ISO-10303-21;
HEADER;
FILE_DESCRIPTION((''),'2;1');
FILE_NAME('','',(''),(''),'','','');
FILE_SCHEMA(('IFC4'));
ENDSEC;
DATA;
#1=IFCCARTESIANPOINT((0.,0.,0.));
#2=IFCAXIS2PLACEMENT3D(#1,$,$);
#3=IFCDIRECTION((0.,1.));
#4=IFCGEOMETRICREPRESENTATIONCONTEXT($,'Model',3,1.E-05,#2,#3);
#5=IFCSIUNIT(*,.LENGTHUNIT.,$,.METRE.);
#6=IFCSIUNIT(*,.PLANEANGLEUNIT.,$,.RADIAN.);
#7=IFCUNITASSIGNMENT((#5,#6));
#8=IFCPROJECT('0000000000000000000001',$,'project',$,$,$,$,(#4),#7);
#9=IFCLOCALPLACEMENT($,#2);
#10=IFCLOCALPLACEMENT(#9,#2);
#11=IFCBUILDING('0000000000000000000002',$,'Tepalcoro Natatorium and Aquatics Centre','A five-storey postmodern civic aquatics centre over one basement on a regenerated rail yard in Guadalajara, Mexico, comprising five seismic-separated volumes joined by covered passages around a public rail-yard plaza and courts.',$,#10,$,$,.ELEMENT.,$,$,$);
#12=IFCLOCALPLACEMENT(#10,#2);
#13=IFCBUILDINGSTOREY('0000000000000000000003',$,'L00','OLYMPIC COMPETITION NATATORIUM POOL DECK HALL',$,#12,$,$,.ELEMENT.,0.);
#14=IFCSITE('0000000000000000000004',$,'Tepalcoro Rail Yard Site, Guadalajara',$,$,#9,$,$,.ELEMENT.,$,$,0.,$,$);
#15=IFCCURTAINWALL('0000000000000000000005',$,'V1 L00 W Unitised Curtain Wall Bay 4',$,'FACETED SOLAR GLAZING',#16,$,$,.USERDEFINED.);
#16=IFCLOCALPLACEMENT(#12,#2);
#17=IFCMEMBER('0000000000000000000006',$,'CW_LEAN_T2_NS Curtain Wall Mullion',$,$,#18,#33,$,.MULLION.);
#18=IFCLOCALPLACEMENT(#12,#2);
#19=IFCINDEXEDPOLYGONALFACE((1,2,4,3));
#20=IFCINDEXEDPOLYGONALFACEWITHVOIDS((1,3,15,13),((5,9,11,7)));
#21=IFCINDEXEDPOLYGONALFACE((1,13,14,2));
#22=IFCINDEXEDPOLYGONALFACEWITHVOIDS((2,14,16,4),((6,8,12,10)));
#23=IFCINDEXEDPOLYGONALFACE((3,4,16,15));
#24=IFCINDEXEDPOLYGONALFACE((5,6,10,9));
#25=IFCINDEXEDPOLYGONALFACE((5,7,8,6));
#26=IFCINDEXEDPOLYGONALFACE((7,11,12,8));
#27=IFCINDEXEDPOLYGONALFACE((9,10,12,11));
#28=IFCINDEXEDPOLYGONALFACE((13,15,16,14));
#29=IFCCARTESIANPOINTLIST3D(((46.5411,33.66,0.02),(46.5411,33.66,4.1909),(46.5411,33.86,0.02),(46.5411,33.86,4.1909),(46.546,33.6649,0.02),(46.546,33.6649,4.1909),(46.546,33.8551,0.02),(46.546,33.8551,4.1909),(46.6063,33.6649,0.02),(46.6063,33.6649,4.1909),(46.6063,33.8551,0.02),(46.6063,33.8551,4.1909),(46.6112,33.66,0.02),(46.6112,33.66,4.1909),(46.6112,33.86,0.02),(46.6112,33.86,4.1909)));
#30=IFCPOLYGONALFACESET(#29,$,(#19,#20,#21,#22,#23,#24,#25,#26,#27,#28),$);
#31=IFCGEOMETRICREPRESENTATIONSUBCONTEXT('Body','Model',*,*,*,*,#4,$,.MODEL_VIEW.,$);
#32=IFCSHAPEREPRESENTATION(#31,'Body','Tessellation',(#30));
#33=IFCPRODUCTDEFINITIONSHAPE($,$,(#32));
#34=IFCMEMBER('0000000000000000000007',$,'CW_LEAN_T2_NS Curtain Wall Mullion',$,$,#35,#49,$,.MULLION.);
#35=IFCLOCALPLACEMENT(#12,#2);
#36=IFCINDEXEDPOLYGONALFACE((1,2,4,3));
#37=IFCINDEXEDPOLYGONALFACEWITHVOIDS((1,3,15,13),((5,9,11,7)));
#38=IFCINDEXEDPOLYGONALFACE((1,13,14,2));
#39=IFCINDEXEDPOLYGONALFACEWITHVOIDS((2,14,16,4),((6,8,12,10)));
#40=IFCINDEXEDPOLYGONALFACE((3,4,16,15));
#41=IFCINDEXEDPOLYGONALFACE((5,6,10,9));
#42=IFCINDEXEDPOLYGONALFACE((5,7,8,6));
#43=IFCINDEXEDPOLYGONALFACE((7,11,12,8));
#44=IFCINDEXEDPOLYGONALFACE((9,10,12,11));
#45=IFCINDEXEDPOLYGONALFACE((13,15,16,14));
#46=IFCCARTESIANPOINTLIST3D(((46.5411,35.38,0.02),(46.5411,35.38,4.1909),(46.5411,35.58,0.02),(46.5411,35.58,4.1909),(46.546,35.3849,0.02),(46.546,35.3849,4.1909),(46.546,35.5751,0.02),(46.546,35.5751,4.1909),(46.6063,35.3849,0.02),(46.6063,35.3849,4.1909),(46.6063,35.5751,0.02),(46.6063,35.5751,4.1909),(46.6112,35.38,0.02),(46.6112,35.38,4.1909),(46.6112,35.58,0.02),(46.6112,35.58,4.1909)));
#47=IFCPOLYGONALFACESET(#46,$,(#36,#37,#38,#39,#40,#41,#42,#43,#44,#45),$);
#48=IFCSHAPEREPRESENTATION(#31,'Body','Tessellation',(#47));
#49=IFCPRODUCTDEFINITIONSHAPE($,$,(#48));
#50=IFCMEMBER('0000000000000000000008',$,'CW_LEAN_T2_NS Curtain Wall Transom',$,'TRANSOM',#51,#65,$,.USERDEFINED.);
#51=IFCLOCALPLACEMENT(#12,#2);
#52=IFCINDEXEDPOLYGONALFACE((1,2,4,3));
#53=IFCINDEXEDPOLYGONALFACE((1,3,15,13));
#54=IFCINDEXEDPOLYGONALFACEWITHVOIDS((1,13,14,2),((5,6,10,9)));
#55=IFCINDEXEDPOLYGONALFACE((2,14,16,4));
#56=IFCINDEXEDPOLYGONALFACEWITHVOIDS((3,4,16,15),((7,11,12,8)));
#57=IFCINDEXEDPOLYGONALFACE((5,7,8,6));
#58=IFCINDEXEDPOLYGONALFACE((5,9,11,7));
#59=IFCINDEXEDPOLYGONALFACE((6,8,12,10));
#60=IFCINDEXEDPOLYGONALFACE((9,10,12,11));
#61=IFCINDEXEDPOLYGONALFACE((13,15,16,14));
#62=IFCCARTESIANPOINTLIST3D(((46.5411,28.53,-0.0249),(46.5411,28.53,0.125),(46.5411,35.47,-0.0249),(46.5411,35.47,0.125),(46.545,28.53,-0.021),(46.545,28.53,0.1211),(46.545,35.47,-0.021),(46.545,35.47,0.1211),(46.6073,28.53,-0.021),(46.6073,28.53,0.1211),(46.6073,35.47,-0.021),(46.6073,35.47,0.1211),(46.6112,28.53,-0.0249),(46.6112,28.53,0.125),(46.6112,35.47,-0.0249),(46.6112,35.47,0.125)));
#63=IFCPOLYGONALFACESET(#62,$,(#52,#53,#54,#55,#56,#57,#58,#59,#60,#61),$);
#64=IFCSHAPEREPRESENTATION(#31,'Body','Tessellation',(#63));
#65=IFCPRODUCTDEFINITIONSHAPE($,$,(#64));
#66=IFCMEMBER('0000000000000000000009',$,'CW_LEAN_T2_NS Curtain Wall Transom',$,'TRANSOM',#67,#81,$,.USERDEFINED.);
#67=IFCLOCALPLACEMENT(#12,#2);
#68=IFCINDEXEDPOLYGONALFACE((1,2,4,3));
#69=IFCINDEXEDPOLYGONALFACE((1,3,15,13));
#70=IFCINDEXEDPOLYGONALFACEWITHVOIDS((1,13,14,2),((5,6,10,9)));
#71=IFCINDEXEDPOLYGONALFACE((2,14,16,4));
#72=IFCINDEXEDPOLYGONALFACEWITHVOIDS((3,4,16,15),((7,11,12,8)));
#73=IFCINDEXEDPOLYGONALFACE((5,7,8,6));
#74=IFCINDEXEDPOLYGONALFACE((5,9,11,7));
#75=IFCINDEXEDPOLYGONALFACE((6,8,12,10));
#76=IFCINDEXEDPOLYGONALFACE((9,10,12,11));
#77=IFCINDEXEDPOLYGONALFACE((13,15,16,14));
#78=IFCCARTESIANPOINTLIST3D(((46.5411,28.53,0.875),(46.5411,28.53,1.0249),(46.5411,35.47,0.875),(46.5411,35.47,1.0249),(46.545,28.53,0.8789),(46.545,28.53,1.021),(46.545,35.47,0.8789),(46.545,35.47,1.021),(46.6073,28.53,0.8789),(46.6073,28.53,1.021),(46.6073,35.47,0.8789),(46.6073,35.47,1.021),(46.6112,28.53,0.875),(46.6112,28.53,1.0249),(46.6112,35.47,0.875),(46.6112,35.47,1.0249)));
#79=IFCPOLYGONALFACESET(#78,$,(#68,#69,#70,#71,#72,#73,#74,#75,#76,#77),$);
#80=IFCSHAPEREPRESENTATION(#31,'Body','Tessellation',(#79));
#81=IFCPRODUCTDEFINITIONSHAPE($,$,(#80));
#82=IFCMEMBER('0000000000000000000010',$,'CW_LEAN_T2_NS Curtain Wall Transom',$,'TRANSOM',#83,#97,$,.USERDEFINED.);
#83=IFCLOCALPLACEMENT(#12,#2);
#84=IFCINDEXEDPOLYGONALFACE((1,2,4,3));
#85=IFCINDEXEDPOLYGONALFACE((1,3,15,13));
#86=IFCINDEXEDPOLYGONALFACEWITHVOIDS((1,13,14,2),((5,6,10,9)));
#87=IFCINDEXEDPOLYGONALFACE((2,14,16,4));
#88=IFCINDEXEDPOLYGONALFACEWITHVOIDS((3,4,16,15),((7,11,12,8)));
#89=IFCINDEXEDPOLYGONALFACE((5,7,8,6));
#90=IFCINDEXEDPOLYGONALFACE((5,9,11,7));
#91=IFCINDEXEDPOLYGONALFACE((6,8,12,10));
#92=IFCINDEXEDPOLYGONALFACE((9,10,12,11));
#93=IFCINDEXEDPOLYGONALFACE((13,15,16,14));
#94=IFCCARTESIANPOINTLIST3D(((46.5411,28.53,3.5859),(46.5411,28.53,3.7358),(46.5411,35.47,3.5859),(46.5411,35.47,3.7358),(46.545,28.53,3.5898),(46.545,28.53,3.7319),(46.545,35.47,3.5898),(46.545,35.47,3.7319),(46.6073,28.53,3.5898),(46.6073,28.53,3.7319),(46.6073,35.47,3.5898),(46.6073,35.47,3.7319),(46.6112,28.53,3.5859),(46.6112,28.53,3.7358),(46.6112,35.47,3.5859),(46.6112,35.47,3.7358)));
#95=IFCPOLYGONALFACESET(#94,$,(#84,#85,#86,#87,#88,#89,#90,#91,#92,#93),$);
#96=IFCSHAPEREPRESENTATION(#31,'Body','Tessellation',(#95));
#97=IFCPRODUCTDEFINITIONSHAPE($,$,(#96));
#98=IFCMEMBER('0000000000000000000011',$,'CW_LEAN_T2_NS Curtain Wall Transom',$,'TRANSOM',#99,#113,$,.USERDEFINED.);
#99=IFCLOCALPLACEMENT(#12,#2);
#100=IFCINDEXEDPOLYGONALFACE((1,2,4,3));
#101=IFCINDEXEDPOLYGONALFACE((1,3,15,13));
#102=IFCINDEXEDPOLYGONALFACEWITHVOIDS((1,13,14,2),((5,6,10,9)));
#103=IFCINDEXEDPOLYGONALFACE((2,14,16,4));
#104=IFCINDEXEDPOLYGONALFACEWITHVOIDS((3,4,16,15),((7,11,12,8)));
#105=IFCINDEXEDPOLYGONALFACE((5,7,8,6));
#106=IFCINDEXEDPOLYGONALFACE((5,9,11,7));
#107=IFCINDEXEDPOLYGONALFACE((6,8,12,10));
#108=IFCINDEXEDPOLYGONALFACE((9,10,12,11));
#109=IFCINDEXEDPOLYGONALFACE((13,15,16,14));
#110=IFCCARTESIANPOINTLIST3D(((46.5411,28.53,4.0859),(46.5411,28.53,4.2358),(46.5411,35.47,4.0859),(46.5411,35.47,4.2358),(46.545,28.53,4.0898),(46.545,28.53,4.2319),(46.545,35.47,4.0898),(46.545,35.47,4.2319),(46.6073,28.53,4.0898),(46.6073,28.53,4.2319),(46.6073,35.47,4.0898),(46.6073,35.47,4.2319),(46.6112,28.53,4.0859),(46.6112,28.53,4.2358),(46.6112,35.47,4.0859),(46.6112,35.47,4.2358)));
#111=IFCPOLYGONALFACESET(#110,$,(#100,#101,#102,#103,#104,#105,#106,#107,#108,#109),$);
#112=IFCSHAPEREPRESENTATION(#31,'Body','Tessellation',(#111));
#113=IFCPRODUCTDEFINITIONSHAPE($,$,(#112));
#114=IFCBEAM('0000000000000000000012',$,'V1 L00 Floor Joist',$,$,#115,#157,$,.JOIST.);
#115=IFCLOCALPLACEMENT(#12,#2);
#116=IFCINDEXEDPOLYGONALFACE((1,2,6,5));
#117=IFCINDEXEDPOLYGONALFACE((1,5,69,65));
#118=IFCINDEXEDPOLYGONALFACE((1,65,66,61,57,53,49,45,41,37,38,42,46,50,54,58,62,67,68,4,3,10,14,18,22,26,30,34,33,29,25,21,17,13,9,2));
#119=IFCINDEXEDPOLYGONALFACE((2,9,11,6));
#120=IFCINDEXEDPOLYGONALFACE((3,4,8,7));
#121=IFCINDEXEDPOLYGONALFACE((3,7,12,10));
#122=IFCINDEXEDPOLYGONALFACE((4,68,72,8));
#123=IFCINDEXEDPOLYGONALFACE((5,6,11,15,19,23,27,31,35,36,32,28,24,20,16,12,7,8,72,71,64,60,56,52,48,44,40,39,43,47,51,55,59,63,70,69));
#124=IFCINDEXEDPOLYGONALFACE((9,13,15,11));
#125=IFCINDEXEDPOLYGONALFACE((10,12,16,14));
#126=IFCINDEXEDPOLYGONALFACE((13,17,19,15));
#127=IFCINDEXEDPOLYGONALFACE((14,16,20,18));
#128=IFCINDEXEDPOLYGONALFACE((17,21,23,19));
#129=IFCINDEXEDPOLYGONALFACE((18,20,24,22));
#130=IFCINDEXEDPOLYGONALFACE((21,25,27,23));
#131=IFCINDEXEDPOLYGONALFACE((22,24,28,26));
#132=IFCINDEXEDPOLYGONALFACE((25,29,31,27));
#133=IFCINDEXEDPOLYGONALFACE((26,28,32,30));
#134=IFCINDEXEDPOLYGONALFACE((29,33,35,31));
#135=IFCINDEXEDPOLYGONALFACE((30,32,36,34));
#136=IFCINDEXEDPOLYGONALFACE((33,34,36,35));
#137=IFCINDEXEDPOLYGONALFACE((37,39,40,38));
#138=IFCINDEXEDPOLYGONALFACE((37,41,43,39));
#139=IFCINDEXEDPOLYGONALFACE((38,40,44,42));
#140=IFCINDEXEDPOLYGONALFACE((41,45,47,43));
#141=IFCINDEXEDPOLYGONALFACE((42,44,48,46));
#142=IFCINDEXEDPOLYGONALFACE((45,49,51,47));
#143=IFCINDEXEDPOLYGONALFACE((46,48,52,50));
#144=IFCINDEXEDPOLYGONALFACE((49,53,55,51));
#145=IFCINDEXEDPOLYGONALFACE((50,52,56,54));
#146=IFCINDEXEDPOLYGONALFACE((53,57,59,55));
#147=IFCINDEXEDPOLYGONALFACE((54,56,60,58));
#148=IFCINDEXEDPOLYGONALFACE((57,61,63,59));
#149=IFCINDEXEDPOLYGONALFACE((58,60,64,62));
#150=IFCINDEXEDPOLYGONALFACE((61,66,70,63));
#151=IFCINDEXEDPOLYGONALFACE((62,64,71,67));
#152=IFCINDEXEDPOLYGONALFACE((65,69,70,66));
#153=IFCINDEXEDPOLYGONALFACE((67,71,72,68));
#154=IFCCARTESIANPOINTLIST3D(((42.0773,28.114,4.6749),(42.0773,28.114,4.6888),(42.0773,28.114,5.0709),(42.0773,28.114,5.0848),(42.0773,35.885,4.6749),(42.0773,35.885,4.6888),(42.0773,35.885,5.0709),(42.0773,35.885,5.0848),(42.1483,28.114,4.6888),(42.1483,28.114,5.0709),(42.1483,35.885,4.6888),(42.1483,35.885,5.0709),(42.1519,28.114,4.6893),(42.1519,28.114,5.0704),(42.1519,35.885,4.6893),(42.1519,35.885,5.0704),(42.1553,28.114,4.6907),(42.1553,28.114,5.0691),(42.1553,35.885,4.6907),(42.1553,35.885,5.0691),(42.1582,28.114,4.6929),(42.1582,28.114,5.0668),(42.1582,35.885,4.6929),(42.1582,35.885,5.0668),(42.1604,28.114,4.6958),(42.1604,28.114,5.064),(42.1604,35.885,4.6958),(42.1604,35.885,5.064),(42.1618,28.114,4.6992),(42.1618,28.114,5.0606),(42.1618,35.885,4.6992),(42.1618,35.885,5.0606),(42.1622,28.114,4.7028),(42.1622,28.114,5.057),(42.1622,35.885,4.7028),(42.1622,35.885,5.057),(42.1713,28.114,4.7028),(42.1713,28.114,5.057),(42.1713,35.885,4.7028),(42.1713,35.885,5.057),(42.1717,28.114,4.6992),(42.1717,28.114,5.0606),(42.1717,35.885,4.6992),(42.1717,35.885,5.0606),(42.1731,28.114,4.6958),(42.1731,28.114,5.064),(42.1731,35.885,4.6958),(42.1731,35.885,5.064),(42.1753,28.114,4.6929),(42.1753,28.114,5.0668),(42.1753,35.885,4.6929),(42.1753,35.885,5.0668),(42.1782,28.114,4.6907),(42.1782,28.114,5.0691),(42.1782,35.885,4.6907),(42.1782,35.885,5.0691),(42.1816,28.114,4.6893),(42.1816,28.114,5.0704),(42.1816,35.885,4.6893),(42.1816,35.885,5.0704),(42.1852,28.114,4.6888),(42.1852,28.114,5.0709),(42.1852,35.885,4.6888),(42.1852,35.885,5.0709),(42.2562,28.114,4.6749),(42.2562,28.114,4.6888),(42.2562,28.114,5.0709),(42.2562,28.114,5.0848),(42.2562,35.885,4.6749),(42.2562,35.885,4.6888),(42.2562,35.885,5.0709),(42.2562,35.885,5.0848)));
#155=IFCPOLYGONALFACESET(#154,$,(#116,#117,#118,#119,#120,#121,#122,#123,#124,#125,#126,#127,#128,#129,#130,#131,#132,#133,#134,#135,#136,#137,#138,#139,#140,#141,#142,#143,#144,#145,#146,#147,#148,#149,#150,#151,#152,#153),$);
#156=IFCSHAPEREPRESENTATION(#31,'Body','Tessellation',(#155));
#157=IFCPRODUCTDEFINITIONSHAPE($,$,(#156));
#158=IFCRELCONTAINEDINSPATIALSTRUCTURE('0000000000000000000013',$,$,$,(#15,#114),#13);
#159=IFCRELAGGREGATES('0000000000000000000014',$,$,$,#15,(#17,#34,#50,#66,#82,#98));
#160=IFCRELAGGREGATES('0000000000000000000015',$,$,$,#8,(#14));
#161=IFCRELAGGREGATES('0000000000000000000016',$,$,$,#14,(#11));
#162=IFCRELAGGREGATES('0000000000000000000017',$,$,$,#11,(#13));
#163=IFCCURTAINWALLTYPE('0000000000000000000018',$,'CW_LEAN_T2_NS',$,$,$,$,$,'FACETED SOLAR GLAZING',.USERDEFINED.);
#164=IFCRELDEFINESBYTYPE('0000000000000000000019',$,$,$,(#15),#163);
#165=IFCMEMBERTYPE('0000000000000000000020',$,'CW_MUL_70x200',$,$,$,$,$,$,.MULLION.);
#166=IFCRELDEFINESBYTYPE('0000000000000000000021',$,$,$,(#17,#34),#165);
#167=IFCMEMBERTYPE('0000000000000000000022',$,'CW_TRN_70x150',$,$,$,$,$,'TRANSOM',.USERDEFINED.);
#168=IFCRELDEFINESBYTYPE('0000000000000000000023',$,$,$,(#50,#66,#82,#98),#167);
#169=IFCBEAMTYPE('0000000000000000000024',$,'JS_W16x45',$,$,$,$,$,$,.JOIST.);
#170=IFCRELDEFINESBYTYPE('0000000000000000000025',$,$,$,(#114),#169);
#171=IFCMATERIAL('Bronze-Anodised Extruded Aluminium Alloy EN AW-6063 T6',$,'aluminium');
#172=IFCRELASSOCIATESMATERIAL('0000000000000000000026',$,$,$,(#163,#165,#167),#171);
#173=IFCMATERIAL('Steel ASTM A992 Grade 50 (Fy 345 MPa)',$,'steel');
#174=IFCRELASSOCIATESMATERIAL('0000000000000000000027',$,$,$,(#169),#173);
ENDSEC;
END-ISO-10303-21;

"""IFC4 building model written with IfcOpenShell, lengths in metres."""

from ifc_helpers import new_model, si_unit, direction, frame, origin, origin_2d, place, context, subcontext, project, spatial, hollow_rectangle, i_section, extrude, material, material_profile, profile_set, type_object, element, aggregate, save


model = new_model("IFC4")

# Units and contexts
model_context = context("Model", 3, precision=1e-05, world=origin(), true_north=direction((0.0, 1.0)))
body_context = subcontext(model_context, "Body", "Model", "MODEL_VIEW")
ifc_project = project(units=[si_unit("LENGTHUNIT", "METRE"), si_unit("PLANEANGLEUNIT", "RADIAN")], contexts=[model_context])

# Site, building, storey
site_placement = place(None, origin())
site = spatial("IfcSite", under=ifc_project, at=site_placement, Name="Tepalcoro Rail Yard Site, Guadalajara", CompositionType="ELEMENT", RefElevation=0.0)
building_placement = place(site_placement, origin())
building = spatial("IfcBuilding", under=site, at=building_placement, Name="Tepalcoro Natatorium and Aquatics Centre", Description="A five-storey postmodern civic aquatics centre over one basement on a regenerated rail yard in Guadalajara, Mexico, comprising five seismic-separated volumes joined by covered passages around a public rail-yard plaza and courts.", CompositionType="ELEMENT")
storey_placement = place(building_placement, origin())
storey = spatial("IfcBuildingStorey", under=building, at=storey_placement, Name="L00", Description="OLYMPIC COMPETITION NATATORIUM POOL DECK HALL", CompositionType="ELEMENT", Elevation=0.0)

# Shared definitions
ifc_material_1 = material(Name="Steel ASTM A992 Grade 50 (Fy 345 MPa)", Category="steel")

# Curtain wall, members
ifc_material_2 = material(Name="Bronze-Anodised Extruded Aluminium Alloy EN AW-6063 T6", Category="aluminium")
curtain_wall_type_1 = type_object("IfcCurtainWallType", Name="CW_LEAN_T2_NS", ElementType="FACETED SOLAR GLAZING", PredefinedType="USERDEFINED", material=ifc_material_2)
curtain_wall_1_placement = place(storey_placement, origin())
curtain_wall_1 = element("IfcCurtainWall", 1, at=curtain_wall_1_placement, inside=storey, type_object=curtain_wall_type_1, Name="V1 L00 W Unitised Curtain Wall Bay 4", ObjectType="FACETED SOLAR GLAZING", PredefinedType="USERDEFINED")
ifc_material_profile_1 = material_profile(ifc_material_2, hollow_rectangle(XDim=0.0701, YDim=0.2, WallThickness=0.0049, at=origin_2d()), Name="AL70X200X5")
ifc_profile_set_1 = profile_set([ifc_material_profile_1], Name="Bronze-Anodised Extruded Aluminium Alloy EN AW-6063 T6")
member_type_1 = type_object("IfcMemberType", Name="CW_MUL_70x200", PredefinedType="MULLION", material=ifc_profile_set_1)
member_1_placement = place(storey_placement, frame((46.5762, 33.76, 0.02), z_axis=(0.0, 0.0, 1.0), x_axis=(1.0, 0.0, 0.0)))
member_1 = element("IfcMember", 2, at=member_1_placement, type_object=member_type_1, Name="CW_LEAN_T2_NS Curtain Wall Mullion", PredefinedType="MULLION", context=body_context, shape_type="SweptSolid", body=[
    extrude(hollow_rectangle(XDim=0.0701, YDim=0.2, WallThickness=0.0049, at=origin_2d()), origin(), (0.0, 0.0, 1.0), 4.1709),
])
member_2_placement = place(storey_placement, frame((46.5762, 35.48, 0.02), z_axis=(0.0, 0.0, 1.0), x_axis=(1.0, 0.0, 0.0)))
member_2 = element("IfcMember", 3, at=member_2_placement, type_object=member_type_1, Name="CW_LEAN_T2_NS Curtain Wall Mullion", PredefinedType="MULLION", context=body_context, shape_type="SweptSolid", body=[
    extrude(hollow_rectangle(XDim=0.0701, YDim=0.2, WallThickness=0.0049, at=origin_2d()), origin(), (0.0, 0.0, 1.0), 4.1709),
])
ifc_material_profile_2 = material_profile(ifc_material_2, hollow_rectangle(XDim=0.0701, YDim=0.1499, WallThickness=0.0039, at=origin_2d()), Name="AL70X150X4")
ifc_profile_set_2 = profile_set([ifc_material_profile_2], Name="Bronze-Anodised Extruded Aluminium Alloy EN AW-6063 T6")
member_type_2 = type_object("IfcMemberType", Name="CW_TRN_70x150", ElementType="TRANSOM", PredefinedType="USERDEFINED", material=ifc_profile_set_2)
member_3_placement = place(storey_placement, frame((46.5762, 28.53, 0.05), z_axis=(0.0, 1.0, 0.0), x_axis=(-1.0, 0.0, 0.0)))
member_3 = element("IfcMember", 4, at=member_3_placement, type_object=member_type_2, Name="CW_LEAN_T2_NS Curtain Wall Transom", ObjectType="TRANSOM", PredefinedType="USERDEFINED", context=body_context, shape_type="SweptSolid", body=[
    extrude(hollow_rectangle(XDim=0.0701, YDim=0.1499, WallThickness=0.0039, at=origin_2d()), origin(), (0.0, 0.0, 1.0), 6.9399),
])
member_4_placement = place(storey_placement, frame((46.5762, 28.53, 0.95), z_axis=(0.0, 1.0, 0.0), x_axis=(-1.0, 0.0, 0.0)))
member_4 = element("IfcMember", 5, at=member_4_placement, type_object=member_type_2, Name="CW_LEAN_T2_NS Curtain Wall Transom", ObjectType="TRANSOM", PredefinedType="USERDEFINED", context=body_context, shape_type="SweptSolid", body=[
    extrude(hollow_rectangle(XDim=0.0701, YDim=0.1499, WallThickness=0.0039, at=origin_2d()), origin(), (0.0, 0.0, 1.0), 6.9399),
])
member_5_placement = place(storey_placement, frame((46.5762, 28.53, 3.6609), z_axis=(0.0, 1.0, 0.0), x_axis=(-1.0, 0.0, 0.0)))
member_5 = element("IfcMember", 6, at=member_5_placement, type_object=member_type_2, Name="CW_LEAN_T2_NS Curtain Wall Transom", ObjectType="TRANSOM", PredefinedType="USERDEFINED", context=body_context, shape_type="SweptSolid", body=[
    extrude(hollow_rectangle(XDim=0.0701, YDim=0.1499, WallThickness=0.0039, at=origin_2d()), origin(), (0.0, 0.0, 1.0), 6.9399),
])
member_6_placement = place(storey_placement, frame((46.5762, 28.53, 4.1609), z_axis=(0.0, 1.0, 0.0), x_axis=(-1.0, 0.0, 0.0)))
member_6 = element("IfcMember", 7, at=member_6_placement, type_object=member_type_2, Name="CW_LEAN_T2_NS Curtain Wall Transom", ObjectType="TRANSOM", PredefinedType="USERDEFINED", context=body_context, shape_type="SweptSolid", body=[
    extrude(hollow_rectangle(XDim=0.0701, YDim=0.1499, WallThickness=0.0039, at=origin_2d()), origin(), (0.0, 0.0, 1.0), 6.9399),
])

# Beam
ifc_material_profile_3 = material_profile(ifc_material_1, i_section(OverallWidth=0.179, OverallDepth=0.4099, WebThickness=0.009, FlangeThickness=0.0139, FilletRadius=0.0139, at=origin_2d()), Name="W16X45")
ifc_profile_set_3 = profile_set([ifc_material_profile_3], Name="Steel ASTM A992 Grade 50 (Fy 345 MPa)")
beam_type_1 = type_object("IfcBeamType", Name="JS_W16x45", PredefinedType="JOIST", material=ifc_profile_set_3)
beam_1_placement = place(storey_placement, frame((42.1667, 28.114, 4.8799), z_axis=(0.0, 1.0, 0.0), x_axis=(-1.0, 0.0, 0.0)))
element("IfcBeam", 8, at=beam_1_placement, inside=storey, type_object=beam_type_1, Name="V1 L00 Floor Joist", PredefinedType="JOIST", context=body_context, shape_type="SweptSolid", body=[
    extrude(i_section(OverallWidth=0.179, OverallDepth=0.4099, WebThickness=0.009, FlangeThickness=0.0139, FilletRadius=0.0139, at=origin_2d()), origin(), (0.0, 0.0, 1.0), 7.771),
])

aggregate(curtain_wall_1, [member_1, member_2, member_3, member_4, member_5, member_6])

save(model, "model.ifc")
